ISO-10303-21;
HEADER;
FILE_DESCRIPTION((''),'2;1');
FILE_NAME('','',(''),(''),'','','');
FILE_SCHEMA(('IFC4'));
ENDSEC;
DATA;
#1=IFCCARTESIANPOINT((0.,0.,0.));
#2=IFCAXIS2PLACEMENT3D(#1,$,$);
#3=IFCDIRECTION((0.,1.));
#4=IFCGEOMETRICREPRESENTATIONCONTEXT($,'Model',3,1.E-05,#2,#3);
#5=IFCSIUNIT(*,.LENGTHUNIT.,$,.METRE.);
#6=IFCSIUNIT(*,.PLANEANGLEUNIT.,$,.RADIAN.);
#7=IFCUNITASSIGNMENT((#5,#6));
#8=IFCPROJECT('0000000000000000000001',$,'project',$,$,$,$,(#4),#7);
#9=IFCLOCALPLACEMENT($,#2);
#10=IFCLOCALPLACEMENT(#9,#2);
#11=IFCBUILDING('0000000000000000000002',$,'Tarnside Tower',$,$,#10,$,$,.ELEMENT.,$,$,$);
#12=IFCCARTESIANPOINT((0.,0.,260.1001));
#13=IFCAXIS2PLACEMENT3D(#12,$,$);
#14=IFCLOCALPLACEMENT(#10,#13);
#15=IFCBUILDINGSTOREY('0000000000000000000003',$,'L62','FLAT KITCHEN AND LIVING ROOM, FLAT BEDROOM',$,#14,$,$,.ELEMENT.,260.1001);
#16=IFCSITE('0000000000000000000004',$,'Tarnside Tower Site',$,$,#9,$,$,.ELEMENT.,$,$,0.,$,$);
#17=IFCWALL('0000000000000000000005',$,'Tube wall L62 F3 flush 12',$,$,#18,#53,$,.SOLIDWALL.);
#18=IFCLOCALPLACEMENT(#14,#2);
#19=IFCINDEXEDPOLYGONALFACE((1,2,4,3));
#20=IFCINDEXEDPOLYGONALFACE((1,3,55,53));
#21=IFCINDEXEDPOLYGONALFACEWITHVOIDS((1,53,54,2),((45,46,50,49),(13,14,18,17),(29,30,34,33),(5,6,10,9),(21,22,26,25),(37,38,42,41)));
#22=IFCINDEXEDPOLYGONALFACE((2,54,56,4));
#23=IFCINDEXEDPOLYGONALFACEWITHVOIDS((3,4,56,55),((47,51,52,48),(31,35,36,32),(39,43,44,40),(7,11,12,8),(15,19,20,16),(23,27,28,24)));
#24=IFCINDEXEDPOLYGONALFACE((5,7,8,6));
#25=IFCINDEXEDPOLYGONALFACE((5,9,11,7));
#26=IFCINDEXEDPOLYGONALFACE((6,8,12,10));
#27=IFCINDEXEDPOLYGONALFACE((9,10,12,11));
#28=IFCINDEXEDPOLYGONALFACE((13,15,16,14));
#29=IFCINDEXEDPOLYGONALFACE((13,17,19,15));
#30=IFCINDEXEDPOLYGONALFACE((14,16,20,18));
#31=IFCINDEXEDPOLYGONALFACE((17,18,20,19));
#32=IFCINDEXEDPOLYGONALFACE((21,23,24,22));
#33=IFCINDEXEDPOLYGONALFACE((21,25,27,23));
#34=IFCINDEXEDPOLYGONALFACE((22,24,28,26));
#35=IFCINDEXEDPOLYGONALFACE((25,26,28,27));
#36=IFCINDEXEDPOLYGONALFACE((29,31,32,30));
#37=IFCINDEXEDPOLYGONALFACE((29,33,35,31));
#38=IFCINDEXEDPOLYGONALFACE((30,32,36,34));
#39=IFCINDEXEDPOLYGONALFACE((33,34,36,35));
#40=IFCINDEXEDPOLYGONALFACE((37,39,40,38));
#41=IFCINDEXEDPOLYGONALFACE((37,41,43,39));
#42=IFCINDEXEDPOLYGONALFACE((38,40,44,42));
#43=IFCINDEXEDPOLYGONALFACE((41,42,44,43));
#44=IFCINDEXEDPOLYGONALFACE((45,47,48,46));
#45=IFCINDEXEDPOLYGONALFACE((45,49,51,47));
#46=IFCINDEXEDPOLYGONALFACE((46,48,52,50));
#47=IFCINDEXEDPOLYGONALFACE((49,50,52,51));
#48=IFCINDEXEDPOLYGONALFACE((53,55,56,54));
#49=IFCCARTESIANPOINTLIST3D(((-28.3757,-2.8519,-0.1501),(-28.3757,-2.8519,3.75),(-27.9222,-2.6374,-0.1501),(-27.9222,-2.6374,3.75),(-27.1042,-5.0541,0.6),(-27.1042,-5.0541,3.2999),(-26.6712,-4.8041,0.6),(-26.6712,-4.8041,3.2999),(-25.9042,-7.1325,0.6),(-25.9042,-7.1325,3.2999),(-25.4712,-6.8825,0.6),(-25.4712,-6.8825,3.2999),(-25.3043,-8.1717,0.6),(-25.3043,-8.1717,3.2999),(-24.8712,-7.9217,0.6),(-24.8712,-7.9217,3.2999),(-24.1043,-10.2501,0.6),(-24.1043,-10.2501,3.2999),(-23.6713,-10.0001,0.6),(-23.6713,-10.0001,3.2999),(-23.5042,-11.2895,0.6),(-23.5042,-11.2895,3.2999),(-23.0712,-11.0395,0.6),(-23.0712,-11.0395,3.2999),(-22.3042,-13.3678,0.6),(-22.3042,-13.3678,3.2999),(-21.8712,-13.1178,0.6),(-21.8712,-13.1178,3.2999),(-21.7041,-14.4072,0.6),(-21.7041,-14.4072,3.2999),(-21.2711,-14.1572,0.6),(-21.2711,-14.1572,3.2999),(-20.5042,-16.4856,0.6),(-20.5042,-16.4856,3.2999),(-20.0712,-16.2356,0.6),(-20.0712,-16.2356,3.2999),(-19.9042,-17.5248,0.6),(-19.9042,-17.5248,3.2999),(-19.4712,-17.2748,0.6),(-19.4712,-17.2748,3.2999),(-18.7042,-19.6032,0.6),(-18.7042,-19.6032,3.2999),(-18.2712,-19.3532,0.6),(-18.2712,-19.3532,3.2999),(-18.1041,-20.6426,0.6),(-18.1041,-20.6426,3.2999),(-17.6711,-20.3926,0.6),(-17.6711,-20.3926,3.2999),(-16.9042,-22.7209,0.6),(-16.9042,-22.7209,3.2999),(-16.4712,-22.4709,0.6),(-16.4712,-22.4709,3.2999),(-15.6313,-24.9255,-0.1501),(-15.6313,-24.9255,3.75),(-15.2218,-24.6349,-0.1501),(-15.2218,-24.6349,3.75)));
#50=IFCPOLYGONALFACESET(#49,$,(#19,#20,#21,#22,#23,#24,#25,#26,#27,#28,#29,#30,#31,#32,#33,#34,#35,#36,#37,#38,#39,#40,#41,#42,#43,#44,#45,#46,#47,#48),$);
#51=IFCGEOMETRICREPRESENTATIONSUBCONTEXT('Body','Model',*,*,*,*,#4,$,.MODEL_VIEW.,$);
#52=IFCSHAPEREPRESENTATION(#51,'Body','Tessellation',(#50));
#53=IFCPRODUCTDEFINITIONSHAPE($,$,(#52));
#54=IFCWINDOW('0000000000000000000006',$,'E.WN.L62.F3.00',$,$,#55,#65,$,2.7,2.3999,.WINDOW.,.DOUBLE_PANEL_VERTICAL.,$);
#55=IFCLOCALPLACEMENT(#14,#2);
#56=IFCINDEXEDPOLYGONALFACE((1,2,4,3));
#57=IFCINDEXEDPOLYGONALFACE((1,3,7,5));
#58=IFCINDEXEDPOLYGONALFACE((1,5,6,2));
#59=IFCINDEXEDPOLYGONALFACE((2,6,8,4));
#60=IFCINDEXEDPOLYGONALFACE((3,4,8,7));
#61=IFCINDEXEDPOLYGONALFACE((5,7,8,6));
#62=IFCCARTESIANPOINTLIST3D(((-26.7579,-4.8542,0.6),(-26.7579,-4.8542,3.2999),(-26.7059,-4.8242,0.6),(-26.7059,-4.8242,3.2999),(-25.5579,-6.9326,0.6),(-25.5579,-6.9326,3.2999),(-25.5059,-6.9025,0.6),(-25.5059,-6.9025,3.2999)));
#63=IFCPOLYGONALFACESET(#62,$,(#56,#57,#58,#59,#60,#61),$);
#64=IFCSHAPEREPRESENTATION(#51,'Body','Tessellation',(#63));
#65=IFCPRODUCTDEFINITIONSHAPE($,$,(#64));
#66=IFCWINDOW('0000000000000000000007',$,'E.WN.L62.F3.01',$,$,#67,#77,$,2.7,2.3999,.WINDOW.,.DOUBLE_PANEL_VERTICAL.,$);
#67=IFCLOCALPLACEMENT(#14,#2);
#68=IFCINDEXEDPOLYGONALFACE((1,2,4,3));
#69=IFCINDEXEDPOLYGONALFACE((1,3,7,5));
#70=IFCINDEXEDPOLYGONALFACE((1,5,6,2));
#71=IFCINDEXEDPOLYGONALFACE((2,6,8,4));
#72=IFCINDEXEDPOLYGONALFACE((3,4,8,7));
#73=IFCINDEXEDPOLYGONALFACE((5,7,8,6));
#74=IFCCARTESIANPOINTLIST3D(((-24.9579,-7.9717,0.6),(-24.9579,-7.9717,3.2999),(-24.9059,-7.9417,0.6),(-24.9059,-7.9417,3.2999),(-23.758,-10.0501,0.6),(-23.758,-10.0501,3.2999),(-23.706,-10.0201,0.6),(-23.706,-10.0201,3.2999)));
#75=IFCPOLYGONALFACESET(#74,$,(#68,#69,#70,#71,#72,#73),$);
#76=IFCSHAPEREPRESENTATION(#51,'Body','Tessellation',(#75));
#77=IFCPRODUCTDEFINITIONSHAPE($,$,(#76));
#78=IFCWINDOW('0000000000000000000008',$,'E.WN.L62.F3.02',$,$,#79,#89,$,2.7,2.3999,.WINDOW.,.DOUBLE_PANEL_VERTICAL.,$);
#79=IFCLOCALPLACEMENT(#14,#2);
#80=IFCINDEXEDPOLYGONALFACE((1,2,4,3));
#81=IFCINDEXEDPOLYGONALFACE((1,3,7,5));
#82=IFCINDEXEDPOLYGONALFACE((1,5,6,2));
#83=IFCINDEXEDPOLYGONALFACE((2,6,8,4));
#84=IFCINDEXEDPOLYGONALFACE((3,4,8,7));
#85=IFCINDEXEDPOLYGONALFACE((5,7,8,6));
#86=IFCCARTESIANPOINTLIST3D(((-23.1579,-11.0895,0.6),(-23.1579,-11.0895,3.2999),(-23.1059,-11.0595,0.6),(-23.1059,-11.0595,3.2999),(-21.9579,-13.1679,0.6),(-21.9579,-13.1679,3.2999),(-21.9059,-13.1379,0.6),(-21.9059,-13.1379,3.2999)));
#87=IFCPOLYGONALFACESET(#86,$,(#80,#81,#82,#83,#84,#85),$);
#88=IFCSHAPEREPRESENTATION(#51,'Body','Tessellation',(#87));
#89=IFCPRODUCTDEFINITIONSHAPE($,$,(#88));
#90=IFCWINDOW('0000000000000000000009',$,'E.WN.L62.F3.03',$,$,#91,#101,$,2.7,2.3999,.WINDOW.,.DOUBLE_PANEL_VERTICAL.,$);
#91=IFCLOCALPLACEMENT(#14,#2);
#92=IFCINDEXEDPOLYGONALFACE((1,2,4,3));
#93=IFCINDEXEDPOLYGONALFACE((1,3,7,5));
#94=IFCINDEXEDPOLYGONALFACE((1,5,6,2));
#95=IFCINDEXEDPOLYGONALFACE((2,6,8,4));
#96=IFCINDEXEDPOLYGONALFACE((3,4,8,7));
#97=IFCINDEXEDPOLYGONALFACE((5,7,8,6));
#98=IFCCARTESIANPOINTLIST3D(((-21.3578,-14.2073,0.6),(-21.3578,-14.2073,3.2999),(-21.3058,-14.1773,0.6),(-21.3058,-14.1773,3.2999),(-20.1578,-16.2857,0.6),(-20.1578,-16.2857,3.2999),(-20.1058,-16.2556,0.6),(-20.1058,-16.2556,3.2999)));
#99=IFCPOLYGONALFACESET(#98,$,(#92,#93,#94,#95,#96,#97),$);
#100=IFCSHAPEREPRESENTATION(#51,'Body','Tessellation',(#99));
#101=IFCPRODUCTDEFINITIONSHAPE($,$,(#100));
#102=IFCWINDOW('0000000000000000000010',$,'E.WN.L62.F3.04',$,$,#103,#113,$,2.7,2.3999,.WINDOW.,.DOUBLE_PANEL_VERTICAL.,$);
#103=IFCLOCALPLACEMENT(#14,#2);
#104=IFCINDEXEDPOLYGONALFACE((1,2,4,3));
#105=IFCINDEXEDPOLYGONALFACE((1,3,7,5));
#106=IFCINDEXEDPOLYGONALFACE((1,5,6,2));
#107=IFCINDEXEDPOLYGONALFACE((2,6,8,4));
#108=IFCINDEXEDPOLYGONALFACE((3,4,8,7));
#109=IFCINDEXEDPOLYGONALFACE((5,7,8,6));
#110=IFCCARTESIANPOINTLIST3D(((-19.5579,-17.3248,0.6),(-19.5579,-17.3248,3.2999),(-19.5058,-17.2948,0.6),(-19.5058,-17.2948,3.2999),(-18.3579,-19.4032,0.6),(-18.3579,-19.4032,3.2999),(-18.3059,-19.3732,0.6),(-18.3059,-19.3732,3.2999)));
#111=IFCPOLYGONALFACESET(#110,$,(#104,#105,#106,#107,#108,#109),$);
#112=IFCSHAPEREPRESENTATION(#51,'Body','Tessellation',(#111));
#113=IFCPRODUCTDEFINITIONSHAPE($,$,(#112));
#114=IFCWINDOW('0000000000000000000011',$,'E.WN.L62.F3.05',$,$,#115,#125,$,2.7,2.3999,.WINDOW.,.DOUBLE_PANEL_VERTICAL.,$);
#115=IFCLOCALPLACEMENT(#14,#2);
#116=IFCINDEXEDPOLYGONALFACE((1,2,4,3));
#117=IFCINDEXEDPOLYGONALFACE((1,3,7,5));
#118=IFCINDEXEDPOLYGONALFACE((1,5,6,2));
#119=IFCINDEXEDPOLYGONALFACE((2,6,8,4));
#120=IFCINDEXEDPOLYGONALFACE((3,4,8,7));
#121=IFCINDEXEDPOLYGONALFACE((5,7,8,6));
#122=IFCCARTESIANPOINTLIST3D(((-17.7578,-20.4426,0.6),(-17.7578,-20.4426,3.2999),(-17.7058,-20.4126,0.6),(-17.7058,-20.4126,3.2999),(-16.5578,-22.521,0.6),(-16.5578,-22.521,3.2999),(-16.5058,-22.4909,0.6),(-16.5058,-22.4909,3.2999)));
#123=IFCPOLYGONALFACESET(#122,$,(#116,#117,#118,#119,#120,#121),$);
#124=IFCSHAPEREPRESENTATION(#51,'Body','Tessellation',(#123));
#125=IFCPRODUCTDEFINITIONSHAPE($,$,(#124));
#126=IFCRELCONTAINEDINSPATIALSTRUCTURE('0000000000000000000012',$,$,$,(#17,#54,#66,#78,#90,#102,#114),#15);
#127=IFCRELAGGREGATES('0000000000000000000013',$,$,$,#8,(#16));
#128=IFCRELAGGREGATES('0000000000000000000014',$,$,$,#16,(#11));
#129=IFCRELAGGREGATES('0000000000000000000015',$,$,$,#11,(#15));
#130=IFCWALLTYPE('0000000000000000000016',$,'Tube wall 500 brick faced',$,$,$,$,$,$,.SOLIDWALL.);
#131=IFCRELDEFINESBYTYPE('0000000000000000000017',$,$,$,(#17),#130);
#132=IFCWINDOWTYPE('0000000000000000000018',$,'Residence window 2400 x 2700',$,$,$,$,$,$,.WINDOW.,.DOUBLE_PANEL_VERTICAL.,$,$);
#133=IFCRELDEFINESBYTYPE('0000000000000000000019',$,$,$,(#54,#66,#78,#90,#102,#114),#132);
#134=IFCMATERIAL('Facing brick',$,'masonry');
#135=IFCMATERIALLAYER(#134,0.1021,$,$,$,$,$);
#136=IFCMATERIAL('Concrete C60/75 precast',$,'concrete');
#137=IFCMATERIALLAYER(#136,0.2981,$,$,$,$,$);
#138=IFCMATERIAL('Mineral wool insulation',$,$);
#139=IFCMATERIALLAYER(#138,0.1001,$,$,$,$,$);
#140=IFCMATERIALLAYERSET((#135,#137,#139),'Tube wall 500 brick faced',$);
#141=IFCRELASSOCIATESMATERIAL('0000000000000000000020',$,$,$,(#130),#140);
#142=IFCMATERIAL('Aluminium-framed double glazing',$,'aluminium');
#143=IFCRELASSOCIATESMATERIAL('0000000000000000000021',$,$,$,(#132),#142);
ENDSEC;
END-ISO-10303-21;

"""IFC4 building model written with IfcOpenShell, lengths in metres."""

from ifc_helpers import new_model, si_unit, direction, frame, frame_2d, origin, place, context, subcontext, project, spatial, polyline, rectangle, outline, extrude, material, layer, layer_set, type_object, element, fill, save


model = new_model("IFC4")

# Units and contexts
model_context = context("Model", 3, precision=1e-05, world=origin(), true_north=direction((0.0, 1.0)))
body_context = subcontext(model_context, "Body", "Model", "MODEL_VIEW")
ifc_project = project(units=[si_unit("LENGTHUNIT", "METRE"), si_unit("PLANEANGLEUNIT", "RADIAN")], contexts=[model_context])

# Site, building, storey
site_placement = place(None, origin())
site = spatial("IfcSite", under=ifc_project, at=site_placement, Name="Tarnside Tower Site", CompositionType="ELEMENT", RefElevation=0.0)
building_placement = place(site_placement, origin())
building = spatial("IfcBuilding", under=site, at=building_placement, Name="Tarnside Tower", CompositionType="ELEMENT")
storey_placement = place(building_placement, frame((0.0, 0.0, 260.1001)))
storey = spatial("IfcBuildingStorey", under=building, at=storey_placement, Name="L62", Description="FLAT KITCHEN AND LIVING ROOM, FLAT BEDROOM", CompositionType="ELEMENT", Elevation=260.1001)

# Wall, openings, windows
ifc_material_1 = material(Name="Facing brick", Category="masonry")
ifc_layer_1 = layer(ifc_material_1, 0.1021)
ifc_material_2 = material(Name="Concrete C60/75 precast", Category="concrete")
ifc_layer_2 = layer(ifc_material_2, 0.2981)
ifc_material_3 = material(Name="Mineral wool insulation")
ifc_layer_3 = layer(ifc_material_3, 0.1001)
ifc_layer_set_1 = layer_set([ifc_layer_1, ifc_layer_2, ifc_layer_3], Name="Tube wall 500 brick faced")
wall_type_1 = type_object("IfcWallType", Name="Tube wall 500 brick faced", PredefinedType="SOLIDWALL", material=ifc_layer_set_1)
wall_1_placement = place(storey_placement, frame((-28.1489, -2.7446, -0.1501), z_axis=(0.0, 0.0, 1.0), x_axis=(0.500004, -0.866023, 0.0)))
wall_1 = element("IfcWall", 1, at=wall_1_placement, inside=storey, type_object=wall_type_1, Name="Tube wall L62 F3 flush 12", PredefinedType="SOLIDWALL", context=body_context, shape_type="SweptSolid", body=[
    extrude(outline(polyline([(-0.0205, -0.25), (25.468, -0.25), (25.4211, 0.25), (0.0205, 0.25), (-0.0205, -0.25)])), origin(), (0.0, 0.0, 1.0), 3.9001),
])
opening_1_placement = place(wall_1_placement, frame((2.5225, 0.0, 0.75)))
opening_1 = element("IfcOpeningElement", 2, at=opening_1_placement, cuts=wall_1, PredefinedType="OPENING", context=body_context, shape_type="SweptSolid", body=[
    extrude(rectangle(XDim=2.3999, YDim=2.7, at=frame_2d((1.2, 1.3501))), frame((0.0, 0.26, 0.0), z_axis=(0.0, -1.0, 0.0), x_axis=(1.0, 0.0, 0.0)), (0.0, 0.0, 1.0), 0.52),
])
opening_2_placement = place(wall_1_placement, frame((6.1223, 0.0, 0.75)))
opening_2 = element("IfcOpeningElement", 3, at=opening_2_placement, cuts=wall_1, PredefinedType="OPENING", context=body_context, shape_type="SweptSolid", body=[
    extrude(rectangle(XDim=2.3999, YDim=2.7, at=frame_2d((1.2, 1.3501))), frame((0.0, 0.26, 0.0), z_axis=(0.0, -1.0, 0.0), x_axis=(1.0, 0.0, 0.0)), (0.0, 0.0, 1.0), 0.52),
])
opening_3_placement = place(wall_1_placement, frame((9.7224, 0.0, 0.75)))
opening_3 = element("IfcOpeningElement", 4, at=opening_3_placement, cuts=wall_1, PredefinedType="OPENING", context=body_context, shape_type="SweptSolid", body=[
    extrude(rectangle(XDim=2.3999, YDim=2.7, at=frame_2d((1.2, 1.3501))), frame((0.0, 0.26, 0.0), z_axis=(0.0, -1.0, 0.0), x_axis=(1.0, 0.0, 0.0)), (0.0, 0.0, 1.0), 0.52),
])
opening_4_placement = place(wall_1_placement, frame((13.3225, 0.0, 0.75)))
opening_4 = element("IfcOpeningElement", 5, at=opening_4_placement, cuts=wall_1, PredefinedType="OPENING", context=body_context, shape_type="SweptSolid", body=[
    extrude(rectangle(XDim=2.3999, YDim=2.7, at=frame_2d((1.2, 1.3501))), frame((0.0, 0.26, 0.0), z_axis=(0.0, -1.0, 0.0), x_axis=(1.0, 0.0, 0.0)), (0.0, 0.0, 1.0), 0.52),
])
opening_5_placement = place(wall_1_placement, frame((16.9224, 0.0, 0.75)))
opening_5 = element("IfcOpeningElement", 6, at=opening_5_placement, cuts=wall_1, PredefinedType="OPENING", context=body_context, shape_type="SweptSolid", body=[
    extrude(rectangle(XDim=2.3999, YDim=2.7, at=frame_2d((1.2, 1.3501))), frame((0.0, 0.26, 0.0), z_axis=(0.0, -1.0, 0.0), x_axis=(1.0, 0.0, 0.0)), (0.0, 0.0, 1.0), 0.52),
])
opening_6_placement = place(wall_1_placement, frame((20.5225, 0.0, 0.75)))
opening_6 = element("IfcOpeningElement", 7, at=opening_6_placement, cuts=wall_1, PredefinedType="OPENING", context=body_context, shape_type="SweptSolid", body=[
    extrude(rectangle(XDim=2.3999, YDim=2.7, at=frame_2d((1.2, 1.3501))), frame((0.0, 0.26, 0.0), z_axis=(0.0, -1.0, 0.0), x_axis=(1.0, 0.0, 0.0)), (0.0, 0.0, 1.0), 0.52),
])
ifc_material_4 = material(Name="Aluminium-framed double glazing", Category="aluminium")
window_type = type_object("IfcWindowType", Name="Residence window 2400 x 2700", PartitioningType="DOUBLE_PANEL_VERTICAL", PredefinedType="WINDOW", material=ifc_material_4)
window_1_placement = place(opening_1_placement, frame((0.0, 0.1799, 0.0)))
window_1 = element("IfcWindow", 8, at=window_1_placement, inside=storey, type_object=window_type, Name="E.WN.L62.F3.00", OverallHeight=2.7, OverallWidth=2.3999, PartitioningType="DOUBLE_PANEL_VERTICAL", PredefinedType="WINDOW", context=body_context, shape_type="SweptSolid", body=[
    extrude(rectangle(XDim=2.3999, YDim=2.7, at=frame_2d((1.2, 1.3501))), frame((0.0, 0.03, 0.0), z_axis=(0.0, -1.0, 0.0), x_axis=(1.0, 0.0, 0.0)), (0.0, 0.0, 1.0), 0.0601),
])
fill(opening_1, window_1)
window_2_placement = place(opening_2_placement, frame((0.0, 0.1799, 0.0)))
window_2 = element("IfcWindow", 9, at=window_2_placement, inside=storey, type_object=window_type, Name="E.WN.L62.F3.01", OverallHeight=2.7, OverallWidth=2.3999, PartitioningType="DOUBLE_PANEL_VERTICAL", PredefinedType="WINDOW", context=body_context, shape_type="SweptSolid", body=[
    extrude(rectangle(XDim=2.3999, YDim=2.7, at=frame_2d((1.2, 1.3501))), frame((0.0, 0.03, 0.0), z_axis=(0.0, -1.0, 0.0), x_axis=(1.0, 0.0, 0.0)), (0.0, 0.0, 1.0), 0.0601),
])
fill(opening_2, window_2)
window_3_placement = place(opening_3_placement, frame((0.0, 0.1799, 0.0)))
window_3 = element("IfcWindow", 10, at=window_3_placement, inside=storey, type_object=window_type, Name="E.WN.L62.F3.02", OverallHeight=2.7, OverallWidth=2.3999, PartitioningType="DOUBLE_PANEL_VERTICAL", PredefinedType="WINDOW", context=body_context, shape_type="SweptSolid", body=[
    extrude(rectangle(XDim=2.3999, YDim=2.7, at=frame_2d((1.2, 1.3501))), frame((0.0, 0.03, 0.0), z_axis=(0.0, -1.0, 0.0), x_axis=(1.0, 0.0, 0.0)), (0.0, 0.0, 1.0), 0.0601),
])
fill(opening_3, window_3)
window_4_placement = place(opening_4_placement, frame((0.0, 0.1799, 0.0)))
window_4 = element("IfcWindow", 11, at=window_4_placement, inside=storey, type_object=window_type, Name="E.WN.L62.F3.03", OverallHeight=2.7, OverallWidth=2.3999, PartitioningType="DOUBLE_PANEL_VERTICAL", PredefinedType="WINDOW", context=body_context, shape_type="SweptSolid", body=[
    extrude(rectangle(XDim=2.3999, YDim=2.7, at=frame_2d((1.2, 1.3501))), frame((0.0, 0.03, 0.0), z_axis=(0.0, -1.0, 0.0), x_axis=(1.0, 0.0, 0.0)), (0.0, 0.0, 1.0), 0.0601),
])
fill(opening_4, window_4)
window_5_placement = place(opening_5_placement, frame((0.0, 0.1799, 0.0)))
window_5 = element("IfcWindow", 12, at=window_5_placement, inside=storey, type_object=window_type, Name="E.WN.L62.F3.04", OverallHeight=2.7, OverallWidth=2.3999, PartitioningType="DOUBLE_PANEL_VERTICAL", PredefinedType="WINDOW", context=body_context, shape_type="SweptSolid", body=[
    extrude(rectangle(XDim=2.3999, YDim=2.7, at=frame_2d((1.2, 1.3501))), frame((0.0, 0.03, 0.0), z_axis=(0.0, -1.0, 0.0), x_axis=(1.0, 0.0, 0.0)), (0.0, 0.0, 1.0), 0.0601),
])
fill(opening_5, window_5)
window_6_placement = place(opening_6_placement, frame((0.0, 0.1799, 0.0)))
window_6 = element("IfcWindow", 13, at=window_6_placement, inside=storey, type_object=window_type, Name="E.WN.L62.F3.05", OverallHeight=2.7, OverallWidth=2.3999, PartitioningType="DOUBLE_PANEL_VERTICAL", PredefinedType="WINDOW", context=body_context, shape_type="SweptSolid", body=[
    extrude(rectangle(XDim=2.3999, YDim=2.7, at=frame_2d((1.2, 1.3501))), frame((0.0, 0.03, 0.0), z_axis=(0.0, -1.0, 0.0), x_axis=(1.0, 0.0, 0.0)), (0.0, 0.0, 1.0), 0.0601),
])
fill(opening_6, window_6)

save(model, "model.ifc")
